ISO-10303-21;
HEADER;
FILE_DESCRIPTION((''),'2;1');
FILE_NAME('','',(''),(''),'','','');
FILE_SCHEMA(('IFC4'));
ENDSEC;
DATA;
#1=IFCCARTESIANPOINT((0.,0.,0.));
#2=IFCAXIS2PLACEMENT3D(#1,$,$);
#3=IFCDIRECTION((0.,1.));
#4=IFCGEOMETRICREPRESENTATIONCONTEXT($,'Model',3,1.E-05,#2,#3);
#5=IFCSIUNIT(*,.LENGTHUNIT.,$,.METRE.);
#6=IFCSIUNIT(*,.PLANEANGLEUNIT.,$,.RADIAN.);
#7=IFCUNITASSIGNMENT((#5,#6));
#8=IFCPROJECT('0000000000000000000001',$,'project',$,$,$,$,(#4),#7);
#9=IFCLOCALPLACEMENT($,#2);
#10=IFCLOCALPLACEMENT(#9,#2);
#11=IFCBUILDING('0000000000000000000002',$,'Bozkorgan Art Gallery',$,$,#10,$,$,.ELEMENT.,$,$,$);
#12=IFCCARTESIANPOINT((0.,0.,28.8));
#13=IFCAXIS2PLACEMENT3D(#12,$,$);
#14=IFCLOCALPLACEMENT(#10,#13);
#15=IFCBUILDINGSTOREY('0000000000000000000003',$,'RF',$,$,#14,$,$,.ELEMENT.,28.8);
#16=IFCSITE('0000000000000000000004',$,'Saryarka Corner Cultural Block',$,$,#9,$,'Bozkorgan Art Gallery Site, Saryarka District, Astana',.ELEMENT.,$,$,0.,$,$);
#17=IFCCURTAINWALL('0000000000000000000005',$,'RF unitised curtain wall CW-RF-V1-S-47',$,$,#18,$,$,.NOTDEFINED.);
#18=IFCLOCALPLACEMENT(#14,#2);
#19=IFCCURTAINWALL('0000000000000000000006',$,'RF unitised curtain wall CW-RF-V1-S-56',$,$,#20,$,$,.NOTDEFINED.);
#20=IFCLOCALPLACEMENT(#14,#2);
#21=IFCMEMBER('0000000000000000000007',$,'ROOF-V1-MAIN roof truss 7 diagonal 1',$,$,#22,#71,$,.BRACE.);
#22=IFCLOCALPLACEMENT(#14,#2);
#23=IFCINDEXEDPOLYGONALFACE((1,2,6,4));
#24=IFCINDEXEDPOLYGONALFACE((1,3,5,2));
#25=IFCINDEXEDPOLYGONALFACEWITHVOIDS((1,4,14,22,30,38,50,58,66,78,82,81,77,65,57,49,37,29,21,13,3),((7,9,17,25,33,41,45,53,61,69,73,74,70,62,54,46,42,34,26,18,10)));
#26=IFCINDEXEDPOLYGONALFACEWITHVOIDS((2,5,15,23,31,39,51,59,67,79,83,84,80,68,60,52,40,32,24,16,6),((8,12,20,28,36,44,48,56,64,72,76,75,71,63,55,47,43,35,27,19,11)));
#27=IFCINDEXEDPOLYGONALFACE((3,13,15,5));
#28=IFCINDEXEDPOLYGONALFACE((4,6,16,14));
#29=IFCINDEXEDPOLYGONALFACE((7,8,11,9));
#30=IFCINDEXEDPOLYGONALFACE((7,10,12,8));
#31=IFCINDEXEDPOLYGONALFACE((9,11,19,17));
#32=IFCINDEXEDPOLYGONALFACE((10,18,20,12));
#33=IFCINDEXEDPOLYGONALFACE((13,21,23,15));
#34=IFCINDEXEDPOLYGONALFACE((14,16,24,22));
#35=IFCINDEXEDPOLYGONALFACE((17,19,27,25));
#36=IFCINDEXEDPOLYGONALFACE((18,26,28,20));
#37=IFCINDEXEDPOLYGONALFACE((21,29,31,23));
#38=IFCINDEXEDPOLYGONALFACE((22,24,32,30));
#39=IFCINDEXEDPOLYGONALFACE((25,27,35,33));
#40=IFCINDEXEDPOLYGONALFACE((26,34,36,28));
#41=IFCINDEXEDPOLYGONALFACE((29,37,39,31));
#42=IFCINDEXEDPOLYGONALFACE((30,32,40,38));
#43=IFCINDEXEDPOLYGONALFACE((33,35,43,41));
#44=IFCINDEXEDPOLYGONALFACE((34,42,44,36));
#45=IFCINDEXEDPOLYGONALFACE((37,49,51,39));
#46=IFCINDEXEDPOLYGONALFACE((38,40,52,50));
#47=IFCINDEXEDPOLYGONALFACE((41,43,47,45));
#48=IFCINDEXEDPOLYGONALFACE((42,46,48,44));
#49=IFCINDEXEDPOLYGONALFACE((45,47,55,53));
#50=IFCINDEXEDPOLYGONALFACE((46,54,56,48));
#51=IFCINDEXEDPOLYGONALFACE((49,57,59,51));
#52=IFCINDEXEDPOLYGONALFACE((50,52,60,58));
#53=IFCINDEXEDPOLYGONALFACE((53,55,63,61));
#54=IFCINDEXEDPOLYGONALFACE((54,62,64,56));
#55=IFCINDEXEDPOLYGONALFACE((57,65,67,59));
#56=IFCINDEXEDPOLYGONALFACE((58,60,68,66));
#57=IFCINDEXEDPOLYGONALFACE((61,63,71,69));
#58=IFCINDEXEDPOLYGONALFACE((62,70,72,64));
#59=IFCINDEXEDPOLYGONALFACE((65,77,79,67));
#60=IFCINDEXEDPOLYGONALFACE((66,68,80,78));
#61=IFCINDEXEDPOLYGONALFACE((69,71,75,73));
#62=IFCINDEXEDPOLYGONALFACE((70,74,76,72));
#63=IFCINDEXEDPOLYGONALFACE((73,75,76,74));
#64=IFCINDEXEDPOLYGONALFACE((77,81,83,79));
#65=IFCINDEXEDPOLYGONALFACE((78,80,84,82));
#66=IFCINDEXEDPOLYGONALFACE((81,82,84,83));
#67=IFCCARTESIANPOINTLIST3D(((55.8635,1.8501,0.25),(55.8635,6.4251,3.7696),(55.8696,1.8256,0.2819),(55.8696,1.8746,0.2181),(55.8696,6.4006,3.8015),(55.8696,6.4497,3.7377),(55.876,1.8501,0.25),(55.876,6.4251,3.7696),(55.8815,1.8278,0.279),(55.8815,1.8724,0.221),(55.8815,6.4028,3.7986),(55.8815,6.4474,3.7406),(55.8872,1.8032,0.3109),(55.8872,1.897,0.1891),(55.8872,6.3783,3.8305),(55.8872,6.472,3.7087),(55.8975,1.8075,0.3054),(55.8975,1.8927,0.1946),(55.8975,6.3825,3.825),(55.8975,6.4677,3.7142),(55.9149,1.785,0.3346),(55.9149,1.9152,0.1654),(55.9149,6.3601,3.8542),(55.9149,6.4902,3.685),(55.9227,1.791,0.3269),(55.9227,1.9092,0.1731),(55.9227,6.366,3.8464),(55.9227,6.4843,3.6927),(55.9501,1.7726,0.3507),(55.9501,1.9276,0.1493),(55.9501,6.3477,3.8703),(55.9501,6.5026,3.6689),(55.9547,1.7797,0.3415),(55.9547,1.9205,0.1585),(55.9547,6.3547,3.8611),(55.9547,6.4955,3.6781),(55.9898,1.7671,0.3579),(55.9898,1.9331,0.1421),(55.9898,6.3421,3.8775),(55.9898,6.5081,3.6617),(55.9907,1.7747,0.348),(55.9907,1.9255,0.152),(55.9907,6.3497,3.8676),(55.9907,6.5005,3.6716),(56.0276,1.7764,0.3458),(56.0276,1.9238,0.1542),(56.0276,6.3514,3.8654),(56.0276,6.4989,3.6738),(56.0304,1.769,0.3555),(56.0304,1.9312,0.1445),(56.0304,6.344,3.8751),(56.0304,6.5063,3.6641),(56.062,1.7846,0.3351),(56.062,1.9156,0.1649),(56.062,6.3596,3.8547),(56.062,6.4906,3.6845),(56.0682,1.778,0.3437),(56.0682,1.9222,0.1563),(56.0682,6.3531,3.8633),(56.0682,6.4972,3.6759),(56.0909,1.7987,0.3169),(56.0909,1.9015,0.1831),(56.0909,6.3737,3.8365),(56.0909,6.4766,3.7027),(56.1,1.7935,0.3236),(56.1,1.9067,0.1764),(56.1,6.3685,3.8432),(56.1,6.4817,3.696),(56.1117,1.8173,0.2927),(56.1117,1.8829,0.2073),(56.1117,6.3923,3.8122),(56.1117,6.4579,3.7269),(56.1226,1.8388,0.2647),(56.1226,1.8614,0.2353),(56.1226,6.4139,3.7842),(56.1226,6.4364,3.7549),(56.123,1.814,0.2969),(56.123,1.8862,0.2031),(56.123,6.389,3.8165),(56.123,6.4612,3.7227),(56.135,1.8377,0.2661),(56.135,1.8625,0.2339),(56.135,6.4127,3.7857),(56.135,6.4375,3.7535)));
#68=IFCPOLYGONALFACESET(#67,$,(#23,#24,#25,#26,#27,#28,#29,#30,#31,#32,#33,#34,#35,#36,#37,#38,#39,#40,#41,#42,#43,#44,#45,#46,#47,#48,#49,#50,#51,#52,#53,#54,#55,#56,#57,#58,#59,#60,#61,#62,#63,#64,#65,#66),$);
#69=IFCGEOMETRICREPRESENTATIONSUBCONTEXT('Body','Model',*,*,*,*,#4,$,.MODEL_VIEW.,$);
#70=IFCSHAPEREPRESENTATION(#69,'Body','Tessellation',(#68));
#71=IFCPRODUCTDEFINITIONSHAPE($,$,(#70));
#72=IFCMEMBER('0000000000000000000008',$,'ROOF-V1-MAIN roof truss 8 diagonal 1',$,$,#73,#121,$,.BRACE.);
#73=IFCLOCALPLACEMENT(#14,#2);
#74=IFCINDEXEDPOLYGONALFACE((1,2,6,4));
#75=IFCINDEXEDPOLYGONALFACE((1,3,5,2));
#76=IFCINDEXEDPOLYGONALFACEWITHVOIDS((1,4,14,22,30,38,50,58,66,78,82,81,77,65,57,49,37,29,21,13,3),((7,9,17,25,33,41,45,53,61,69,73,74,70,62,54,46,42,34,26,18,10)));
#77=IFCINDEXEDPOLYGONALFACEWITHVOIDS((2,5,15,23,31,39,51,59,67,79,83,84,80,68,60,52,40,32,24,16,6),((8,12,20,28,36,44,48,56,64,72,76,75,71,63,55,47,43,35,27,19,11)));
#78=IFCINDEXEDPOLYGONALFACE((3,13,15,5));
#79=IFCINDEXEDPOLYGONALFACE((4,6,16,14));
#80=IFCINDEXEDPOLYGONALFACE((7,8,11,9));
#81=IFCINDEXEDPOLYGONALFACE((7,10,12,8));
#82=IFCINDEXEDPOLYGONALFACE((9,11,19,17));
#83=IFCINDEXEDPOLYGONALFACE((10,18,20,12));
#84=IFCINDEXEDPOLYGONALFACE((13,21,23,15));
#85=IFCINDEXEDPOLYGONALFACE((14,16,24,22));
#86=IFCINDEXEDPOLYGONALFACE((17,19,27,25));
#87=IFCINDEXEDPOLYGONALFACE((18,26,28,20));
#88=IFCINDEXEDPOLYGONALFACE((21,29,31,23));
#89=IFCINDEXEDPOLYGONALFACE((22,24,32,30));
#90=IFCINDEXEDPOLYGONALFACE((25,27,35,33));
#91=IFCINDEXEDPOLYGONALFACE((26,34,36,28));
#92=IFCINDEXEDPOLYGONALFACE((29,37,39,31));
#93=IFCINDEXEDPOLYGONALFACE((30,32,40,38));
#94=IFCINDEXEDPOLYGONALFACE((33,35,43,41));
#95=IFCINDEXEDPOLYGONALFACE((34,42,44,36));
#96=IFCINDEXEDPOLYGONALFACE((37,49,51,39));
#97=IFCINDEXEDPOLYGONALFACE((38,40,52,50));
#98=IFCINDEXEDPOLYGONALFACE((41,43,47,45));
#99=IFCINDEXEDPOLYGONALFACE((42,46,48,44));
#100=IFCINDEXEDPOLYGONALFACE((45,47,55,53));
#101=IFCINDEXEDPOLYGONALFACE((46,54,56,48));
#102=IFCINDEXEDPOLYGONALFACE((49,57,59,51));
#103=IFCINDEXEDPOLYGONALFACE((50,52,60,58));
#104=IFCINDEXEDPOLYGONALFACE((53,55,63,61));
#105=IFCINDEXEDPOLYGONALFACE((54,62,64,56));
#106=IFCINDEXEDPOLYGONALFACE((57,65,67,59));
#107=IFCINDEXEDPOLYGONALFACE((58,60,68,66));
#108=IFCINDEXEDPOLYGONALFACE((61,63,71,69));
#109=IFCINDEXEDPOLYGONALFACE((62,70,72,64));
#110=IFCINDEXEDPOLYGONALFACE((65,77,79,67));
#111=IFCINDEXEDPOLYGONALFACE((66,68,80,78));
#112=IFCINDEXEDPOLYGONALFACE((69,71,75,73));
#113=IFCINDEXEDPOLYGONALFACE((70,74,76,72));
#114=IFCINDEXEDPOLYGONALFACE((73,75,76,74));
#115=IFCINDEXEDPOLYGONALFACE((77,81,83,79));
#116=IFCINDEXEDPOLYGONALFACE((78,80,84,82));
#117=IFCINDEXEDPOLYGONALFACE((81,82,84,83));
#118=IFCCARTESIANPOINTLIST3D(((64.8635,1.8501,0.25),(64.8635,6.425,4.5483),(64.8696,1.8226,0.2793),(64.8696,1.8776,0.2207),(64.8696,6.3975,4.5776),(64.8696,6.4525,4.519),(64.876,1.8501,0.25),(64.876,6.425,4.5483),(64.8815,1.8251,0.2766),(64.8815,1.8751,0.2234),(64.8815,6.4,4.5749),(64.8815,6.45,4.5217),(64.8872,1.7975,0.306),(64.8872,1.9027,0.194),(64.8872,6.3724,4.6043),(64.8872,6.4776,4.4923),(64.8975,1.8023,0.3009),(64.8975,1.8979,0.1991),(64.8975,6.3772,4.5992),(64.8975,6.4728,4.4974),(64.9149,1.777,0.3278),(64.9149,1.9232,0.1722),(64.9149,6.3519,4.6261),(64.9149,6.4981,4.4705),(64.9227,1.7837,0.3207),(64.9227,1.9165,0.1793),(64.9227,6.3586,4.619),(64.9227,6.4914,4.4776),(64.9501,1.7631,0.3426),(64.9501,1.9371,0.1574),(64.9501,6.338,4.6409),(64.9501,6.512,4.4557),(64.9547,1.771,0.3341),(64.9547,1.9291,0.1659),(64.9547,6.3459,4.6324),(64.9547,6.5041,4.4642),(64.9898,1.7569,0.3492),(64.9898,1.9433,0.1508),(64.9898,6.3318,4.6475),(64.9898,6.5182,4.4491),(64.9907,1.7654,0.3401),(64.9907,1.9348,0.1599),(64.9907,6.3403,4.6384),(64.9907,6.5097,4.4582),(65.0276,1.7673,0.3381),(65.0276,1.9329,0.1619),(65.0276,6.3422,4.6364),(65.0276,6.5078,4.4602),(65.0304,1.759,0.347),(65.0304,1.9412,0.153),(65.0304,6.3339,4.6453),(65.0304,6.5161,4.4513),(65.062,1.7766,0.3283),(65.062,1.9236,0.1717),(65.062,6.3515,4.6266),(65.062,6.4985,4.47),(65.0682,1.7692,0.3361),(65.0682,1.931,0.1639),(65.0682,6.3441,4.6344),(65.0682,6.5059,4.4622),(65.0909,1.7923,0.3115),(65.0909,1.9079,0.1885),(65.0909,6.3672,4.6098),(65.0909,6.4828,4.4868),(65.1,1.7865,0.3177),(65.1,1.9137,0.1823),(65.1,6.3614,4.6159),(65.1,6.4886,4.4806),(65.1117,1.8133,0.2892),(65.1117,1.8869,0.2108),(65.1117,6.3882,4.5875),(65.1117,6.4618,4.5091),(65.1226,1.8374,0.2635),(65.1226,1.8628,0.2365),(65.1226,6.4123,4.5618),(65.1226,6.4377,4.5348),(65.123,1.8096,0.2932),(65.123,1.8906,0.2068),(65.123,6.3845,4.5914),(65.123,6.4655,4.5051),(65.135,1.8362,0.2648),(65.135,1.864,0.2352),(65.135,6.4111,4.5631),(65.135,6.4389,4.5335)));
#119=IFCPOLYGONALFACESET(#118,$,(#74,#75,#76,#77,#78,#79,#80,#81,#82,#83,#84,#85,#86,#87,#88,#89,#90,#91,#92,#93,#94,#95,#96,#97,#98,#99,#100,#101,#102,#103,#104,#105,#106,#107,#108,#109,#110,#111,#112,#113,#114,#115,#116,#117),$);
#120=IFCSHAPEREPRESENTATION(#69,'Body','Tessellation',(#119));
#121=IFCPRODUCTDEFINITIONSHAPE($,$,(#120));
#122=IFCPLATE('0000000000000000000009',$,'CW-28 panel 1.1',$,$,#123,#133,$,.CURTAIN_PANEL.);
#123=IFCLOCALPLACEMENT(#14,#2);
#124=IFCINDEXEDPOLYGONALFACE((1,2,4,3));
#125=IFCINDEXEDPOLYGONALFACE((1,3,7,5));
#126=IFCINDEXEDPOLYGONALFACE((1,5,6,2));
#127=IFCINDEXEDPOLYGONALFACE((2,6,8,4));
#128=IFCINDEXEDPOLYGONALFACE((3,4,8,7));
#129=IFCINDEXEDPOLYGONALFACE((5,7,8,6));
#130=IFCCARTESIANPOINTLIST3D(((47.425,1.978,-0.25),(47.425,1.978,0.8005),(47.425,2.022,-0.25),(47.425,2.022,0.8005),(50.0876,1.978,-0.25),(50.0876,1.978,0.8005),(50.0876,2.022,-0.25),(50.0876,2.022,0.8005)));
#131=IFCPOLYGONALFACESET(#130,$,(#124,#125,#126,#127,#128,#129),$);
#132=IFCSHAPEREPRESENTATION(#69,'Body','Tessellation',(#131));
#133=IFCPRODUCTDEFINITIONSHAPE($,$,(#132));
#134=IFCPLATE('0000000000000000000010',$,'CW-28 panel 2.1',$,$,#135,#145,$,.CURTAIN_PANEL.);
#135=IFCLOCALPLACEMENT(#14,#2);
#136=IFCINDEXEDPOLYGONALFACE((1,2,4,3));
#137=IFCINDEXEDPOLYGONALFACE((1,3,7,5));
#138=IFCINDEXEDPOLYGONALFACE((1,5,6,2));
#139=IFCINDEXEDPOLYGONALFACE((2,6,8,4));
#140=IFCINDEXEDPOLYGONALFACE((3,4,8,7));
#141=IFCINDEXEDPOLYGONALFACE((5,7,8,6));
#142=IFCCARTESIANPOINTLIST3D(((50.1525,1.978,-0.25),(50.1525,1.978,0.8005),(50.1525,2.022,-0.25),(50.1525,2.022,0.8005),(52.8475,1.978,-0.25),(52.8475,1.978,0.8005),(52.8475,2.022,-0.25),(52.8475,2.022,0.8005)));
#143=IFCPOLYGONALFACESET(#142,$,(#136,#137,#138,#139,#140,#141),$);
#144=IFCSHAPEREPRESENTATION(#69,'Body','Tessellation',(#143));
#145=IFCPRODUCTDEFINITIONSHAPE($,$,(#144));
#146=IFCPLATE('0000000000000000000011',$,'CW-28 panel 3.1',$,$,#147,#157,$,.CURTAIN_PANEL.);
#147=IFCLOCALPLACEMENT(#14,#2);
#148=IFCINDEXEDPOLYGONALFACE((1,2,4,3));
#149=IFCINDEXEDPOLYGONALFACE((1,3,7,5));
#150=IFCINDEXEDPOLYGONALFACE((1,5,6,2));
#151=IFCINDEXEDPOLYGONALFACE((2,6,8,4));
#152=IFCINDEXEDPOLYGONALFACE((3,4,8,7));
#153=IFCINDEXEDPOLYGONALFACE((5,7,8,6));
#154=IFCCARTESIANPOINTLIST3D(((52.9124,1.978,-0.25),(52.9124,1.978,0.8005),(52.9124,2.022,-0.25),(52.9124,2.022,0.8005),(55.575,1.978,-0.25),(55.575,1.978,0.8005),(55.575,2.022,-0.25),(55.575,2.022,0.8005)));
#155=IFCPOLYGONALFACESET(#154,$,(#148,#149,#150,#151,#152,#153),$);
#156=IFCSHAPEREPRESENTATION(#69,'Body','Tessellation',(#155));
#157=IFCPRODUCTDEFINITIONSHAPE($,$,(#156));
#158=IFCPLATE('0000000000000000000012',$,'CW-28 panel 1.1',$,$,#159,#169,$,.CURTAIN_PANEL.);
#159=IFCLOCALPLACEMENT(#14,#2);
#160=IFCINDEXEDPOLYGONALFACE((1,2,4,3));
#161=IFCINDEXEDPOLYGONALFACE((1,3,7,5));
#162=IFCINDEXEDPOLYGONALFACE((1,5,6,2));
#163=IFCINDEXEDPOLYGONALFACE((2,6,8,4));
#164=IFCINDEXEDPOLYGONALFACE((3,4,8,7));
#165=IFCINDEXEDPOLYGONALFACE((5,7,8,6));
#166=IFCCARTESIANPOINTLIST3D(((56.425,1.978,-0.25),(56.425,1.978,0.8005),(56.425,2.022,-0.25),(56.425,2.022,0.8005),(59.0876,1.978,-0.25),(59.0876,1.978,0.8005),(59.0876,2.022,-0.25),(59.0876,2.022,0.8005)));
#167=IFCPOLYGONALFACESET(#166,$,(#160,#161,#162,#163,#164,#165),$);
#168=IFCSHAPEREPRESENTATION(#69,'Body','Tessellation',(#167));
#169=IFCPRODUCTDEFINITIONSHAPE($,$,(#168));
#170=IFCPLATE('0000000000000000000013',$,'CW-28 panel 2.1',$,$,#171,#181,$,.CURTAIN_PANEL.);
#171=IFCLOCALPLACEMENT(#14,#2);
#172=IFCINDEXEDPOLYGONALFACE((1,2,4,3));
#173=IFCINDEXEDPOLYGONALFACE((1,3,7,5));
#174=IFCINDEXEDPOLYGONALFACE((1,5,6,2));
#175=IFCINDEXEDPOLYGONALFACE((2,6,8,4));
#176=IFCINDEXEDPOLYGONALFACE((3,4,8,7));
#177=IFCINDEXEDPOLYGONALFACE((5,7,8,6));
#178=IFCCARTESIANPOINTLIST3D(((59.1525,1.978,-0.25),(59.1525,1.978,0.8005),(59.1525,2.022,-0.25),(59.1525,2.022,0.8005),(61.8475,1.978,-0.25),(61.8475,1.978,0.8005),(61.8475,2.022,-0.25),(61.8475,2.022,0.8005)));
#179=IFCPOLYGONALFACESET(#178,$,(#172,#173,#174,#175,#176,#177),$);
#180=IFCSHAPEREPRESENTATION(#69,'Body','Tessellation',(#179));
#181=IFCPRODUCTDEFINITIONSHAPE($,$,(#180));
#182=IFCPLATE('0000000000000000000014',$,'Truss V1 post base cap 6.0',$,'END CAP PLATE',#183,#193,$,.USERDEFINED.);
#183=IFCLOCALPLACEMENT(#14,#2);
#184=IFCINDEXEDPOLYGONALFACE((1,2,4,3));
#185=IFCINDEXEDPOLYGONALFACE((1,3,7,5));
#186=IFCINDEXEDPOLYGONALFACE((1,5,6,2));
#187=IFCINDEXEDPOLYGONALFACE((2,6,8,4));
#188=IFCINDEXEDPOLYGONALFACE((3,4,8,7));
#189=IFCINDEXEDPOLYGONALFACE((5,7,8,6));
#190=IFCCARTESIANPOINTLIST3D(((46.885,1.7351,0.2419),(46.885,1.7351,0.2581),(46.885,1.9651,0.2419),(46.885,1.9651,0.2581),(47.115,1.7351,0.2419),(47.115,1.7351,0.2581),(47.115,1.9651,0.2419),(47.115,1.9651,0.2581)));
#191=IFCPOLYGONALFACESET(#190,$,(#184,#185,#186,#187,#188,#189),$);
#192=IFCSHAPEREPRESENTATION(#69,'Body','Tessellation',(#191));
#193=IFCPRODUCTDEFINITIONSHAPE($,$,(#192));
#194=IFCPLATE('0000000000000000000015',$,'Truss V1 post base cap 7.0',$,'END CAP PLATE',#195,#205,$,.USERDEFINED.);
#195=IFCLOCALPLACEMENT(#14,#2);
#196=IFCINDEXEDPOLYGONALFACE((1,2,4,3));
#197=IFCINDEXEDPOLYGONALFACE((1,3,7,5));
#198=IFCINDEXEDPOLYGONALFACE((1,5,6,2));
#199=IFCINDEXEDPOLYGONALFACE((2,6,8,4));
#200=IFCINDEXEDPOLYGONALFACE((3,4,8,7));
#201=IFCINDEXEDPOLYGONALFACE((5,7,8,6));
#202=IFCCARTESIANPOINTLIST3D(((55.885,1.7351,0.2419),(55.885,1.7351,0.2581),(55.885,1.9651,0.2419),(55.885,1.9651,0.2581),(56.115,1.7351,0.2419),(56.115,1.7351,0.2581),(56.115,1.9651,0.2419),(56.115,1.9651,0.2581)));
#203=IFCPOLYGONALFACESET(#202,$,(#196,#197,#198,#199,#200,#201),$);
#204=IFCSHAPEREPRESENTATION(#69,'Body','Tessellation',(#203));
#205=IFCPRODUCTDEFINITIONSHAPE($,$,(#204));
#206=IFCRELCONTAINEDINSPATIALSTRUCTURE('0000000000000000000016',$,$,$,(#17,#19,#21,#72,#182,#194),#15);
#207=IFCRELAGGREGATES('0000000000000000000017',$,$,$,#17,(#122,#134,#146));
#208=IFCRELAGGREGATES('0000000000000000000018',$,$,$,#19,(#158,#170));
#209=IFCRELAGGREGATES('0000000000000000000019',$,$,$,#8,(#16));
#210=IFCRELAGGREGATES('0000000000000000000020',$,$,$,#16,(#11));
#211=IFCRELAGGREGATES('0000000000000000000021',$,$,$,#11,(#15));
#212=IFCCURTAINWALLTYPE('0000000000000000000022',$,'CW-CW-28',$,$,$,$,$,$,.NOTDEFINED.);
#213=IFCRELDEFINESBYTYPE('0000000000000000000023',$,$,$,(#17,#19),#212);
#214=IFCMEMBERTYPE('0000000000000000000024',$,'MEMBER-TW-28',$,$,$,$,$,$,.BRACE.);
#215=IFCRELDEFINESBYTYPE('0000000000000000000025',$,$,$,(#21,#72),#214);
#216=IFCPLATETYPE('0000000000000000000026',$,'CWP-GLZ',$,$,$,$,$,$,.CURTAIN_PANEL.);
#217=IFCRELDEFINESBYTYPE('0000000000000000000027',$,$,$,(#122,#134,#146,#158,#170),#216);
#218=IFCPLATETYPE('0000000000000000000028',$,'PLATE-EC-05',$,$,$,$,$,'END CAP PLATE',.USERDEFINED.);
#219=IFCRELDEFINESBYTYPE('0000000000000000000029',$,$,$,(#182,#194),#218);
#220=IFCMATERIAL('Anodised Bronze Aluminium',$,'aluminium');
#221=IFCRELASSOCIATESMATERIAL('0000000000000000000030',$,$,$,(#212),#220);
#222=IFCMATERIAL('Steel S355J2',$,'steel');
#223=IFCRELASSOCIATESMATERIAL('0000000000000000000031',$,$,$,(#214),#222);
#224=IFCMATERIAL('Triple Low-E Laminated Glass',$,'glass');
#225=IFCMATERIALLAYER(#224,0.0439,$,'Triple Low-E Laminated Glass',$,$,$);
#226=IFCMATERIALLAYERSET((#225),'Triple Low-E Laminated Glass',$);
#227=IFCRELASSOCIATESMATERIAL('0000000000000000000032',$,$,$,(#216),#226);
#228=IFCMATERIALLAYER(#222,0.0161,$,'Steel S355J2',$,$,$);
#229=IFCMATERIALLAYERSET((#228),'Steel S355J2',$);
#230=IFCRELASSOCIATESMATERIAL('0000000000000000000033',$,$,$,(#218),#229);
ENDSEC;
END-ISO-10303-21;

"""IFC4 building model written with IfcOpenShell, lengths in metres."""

from ifc_helpers import new_model, si_unit, direction, frame, origin, origin_2d, place, context, subcontext, project, spatial, rectangle, hollow_circle, extrude, material, layer, layer_set, material_profile, profile_set, type_object, element, aggregate, save


model = new_model("IFC4")

# Units and contexts
model_context = context("Model", 3, precision=1e-05, world=origin(), true_north=direction((0.0, 1.0)))
body_context = subcontext(model_context, "Body", "Model", "MODEL_VIEW")
ifc_project = project(units=[si_unit("LENGTHUNIT", "METRE"), si_unit("PLANEANGLEUNIT", "RADIAN")], contexts=[model_context])

# Site, building, storey
site_placement = place(None, origin())
site = spatial("IfcSite", under=ifc_project, at=site_placement, Name="Saryarka Corner Cultural Block", LongName="Bozkorgan Art Gallery Site, Saryarka District, Astana", CompositionType="ELEMENT", RefElevation=0.0)
building_placement = place(site_placement, origin())
building = spatial("IfcBuilding", under=site, at=building_placement, Name="Bozkorgan Art Gallery", CompositionType="ELEMENT")
storey_placement = place(building_placement, frame((0.0, 0.0, 28.8)))
storey = spatial("IfcBuildingStorey", under=building, at=storey_placement, Name="RF", CompositionType="ELEMENT", Elevation=28.8)

# Shared definitions
ifc_material_1 = material(Name="Steel S355J2", Category="steel")

# Curtain walls
ifc_material_2 = material(Name="Anodised Bronze Aluminium", Category="aluminium")
curtain_wall_type = type_object("IfcCurtainWallType", Name="CW-CW-28", PredefinedType="NOTDEFINED", material=ifc_material_2)
curtain_wall_1_placement = place(storey_placement, origin())
curtain_wall_1 = element("IfcCurtainWall", 1, at=curtain_wall_1_placement, inside=storey, type_object=curtain_wall_type, Name="RF unitised curtain wall CW-RF-V1-S-47", PredefinedType="NOTDEFINED")
curtain_wall_2_placement = place(storey_placement, origin())
curtain_wall_2 = element("IfcCurtainWall", 2, at=curtain_wall_2_placement, inside=storey, type_object=curtain_wall_type, Name="RF unitised curtain wall CW-RF-V1-S-56", PredefinedType="NOTDEFINED")

# Members
ifc_material_profile_1 = material_profile(ifc_material_1, hollow_circle(Radius=0.1365, WallThickness=0.0125, at=origin_2d()), Name="CHS 273x12.5")
ifc_profile_set_1 = profile_set([ifc_material_profile_1], Name="Steel S355J2")
member_type_1 = type_object("IfcMemberType", Name="MEMBER-TW-28", PredefinedType="BRACE", material=ifc_profile_set_1)
for number, where, z_axis, x_axis, name in (
    (3, (56.0, 1.8501, 0.25), (0.0, 0.792596, 0.609748), (-1.0, 0.0, 0.0), "ROOF-V1-MAIN roof truss 7 diagonal 1"),
):
    element("IfcMember", number, at=place(storey_placement, frame(where, z_axis=z_axis, x_axis=x_axis)), inside=storey, type_object=member_type_1, Name=name, PredefinedType="BRACE", context=body_context, shape_type="SweptSolid", body=[
        extrude(hollow_circle(Radius=0.1365, WallThickness=0.0125, at=origin_2d()), origin(), (0.0, 0.0, 1.0), 5.7722),
    ])
member_1_placement = place(storey_placement, frame((65.0, 1.8501, 0.25), z_axis=(0.0, 0.728796, 0.684731), x_axis=(-1.0, 0.0, 0.0)))
element("IfcMember", 4, at=member_1_placement, inside=storey, type_object=member_type_1, Name="ROOF-V1-MAIN roof truss 8 diagonal 1", PredefinedType="BRACE", context=body_context, shape_type="SweptSolid", body=[
    extrude(hollow_circle(Radius=0.1365, WallThickness=0.0125, at=origin_2d()), origin(), (0.0, 0.0, 1.0), 6.2773),
])

# Plates
ifc_material_3 = material(Name="Triple Low-E Laminated Glass", Category="glass")
ifc_layer_1 = layer(ifc_material_3, 0.0439, Name="Triple Low-E Laminated Glass")
ifc_layer_set_1 = layer_set([ifc_layer_1], Name="Triple Low-E Laminated Glass")
plate_type_1 = type_object("IfcPlateType", Name="CWP-GLZ", PredefinedType="CURTAIN_PANEL", material=ifc_layer_set_1)
plate_1_placement = place(storey_placement, frame((48.7563, 2.0, -0.25), z_axis=(0.0, 0.0, 1.0), x_axis=(1.0, 0.0, 0.0)))
plate_1 = element("IfcPlate", 5, at=plate_1_placement, type_object=plate_type_1, Name="CW-28 panel 1.1", PredefinedType="CURTAIN_PANEL", context=body_context, shape_type="SweptSolid", body=[
    extrude(rectangle(XDim=2.6626, YDim=0.0439, at=origin_2d()), origin(), (0.0, 0.0, 1.0), 1.0505),
])
plate_2_placement = place(storey_placement, frame((51.5, 2.0, -0.25), z_axis=(0.0, 0.0, 1.0), x_axis=(1.0, 0.0, 0.0)))
plate_2 = element("IfcPlate", 6, at=plate_2_placement, type_object=plate_type_1, Name="CW-28 panel 2.1", PredefinedType="CURTAIN_PANEL", context=body_context, shape_type="SweptSolid", body=[
    extrude(rectangle(XDim=2.6951, YDim=0.0439, at=origin_2d()), origin(), (0.0, 0.0, 1.0), 1.0505),
])
plate_3_placement = place(storey_placement, frame((54.2437, 2.0, -0.25), z_axis=(0.0, 0.0, 1.0), x_axis=(1.0, 0.0, 0.0)))
plate_3 = element("IfcPlate", 7, at=plate_3_placement, type_object=plate_type_1, Name="CW-28 panel 3.1", PredefinedType="CURTAIN_PANEL", context=body_context, shape_type="SweptSolid", body=[
    extrude(rectangle(XDim=2.6626, YDim=0.0439, at=origin_2d()), origin(), (0.0, 0.0, 1.0), 1.0505),
])
aggregate(curtain_wall_1, [plate_1, plate_2, plate_3])
plate_4_placement = place(storey_placement, frame((57.7563, 2.0, -0.25), z_axis=(0.0, 0.0, 1.0), x_axis=(1.0, 0.0, 0.0)))
plate_4 = element("IfcPlate", 8, at=plate_4_placement, type_object=plate_type_1, Name="CW-28 panel 1.1", PredefinedType="CURTAIN_PANEL", context=body_context, shape_type="SweptSolid", body=[
    extrude(rectangle(XDim=2.6626, YDim=0.0439, at=origin_2d()), origin(), (0.0, 0.0, 1.0), 1.0505),
])
plate_5_placement = place(storey_placement, frame((60.5, 2.0, -0.25), z_axis=(0.0, 0.0, 1.0), x_axis=(1.0, 0.0, 0.0)))
plate_5 = element("IfcPlate", 9, at=plate_5_placement, type_object=plate_type_1, Name="CW-28 panel 2.1", PredefinedType="CURTAIN_PANEL", context=body_context, shape_type="SweptSolid", body=[
    extrude(rectangle(XDim=2.6951, YDim=0.0439, at=origin_2d()), origin(), (0.0, 0.0, 1.0), 1.0505),
])
aggregate(curtain_wall_2, [plate_4, plate_5])

# Plates
ifc_layer_2 = layer(ifc_material_1, 0.0161, Name="Steel S355J2")
ifc_layer_set_2 = layer_set([ifc_layer_2], Name="Steel S355J2")
plate_type_2 = type_object("IfcPlateType", Name="PLATE-EC-05", ElementType="END CAP PLATE", PredefinedType="USERDEFINED", material=ifc_layer_set_2)
for number, where, z_axis, x_axis, name in (
    (10, (47.0, 1.8501, 0.2419), (0.0, 0.0, 1.0), (1.0, 0.0, 0.0), "Truss V1 post base cap 6.0"),
    (11, (56.0, 1.8501, 0.2419), (0.0, 0.0, 1.0), (1.0, 0.0, 0.0), "Truss V1 post base cap 7.0"),
):
    element("IfcPlate", number, at=place(storey_placement, frame(where, z_axis=z_axis, x_axis=x_axis)), inside=storey, type_object=plate_type_2, Name=name, ObjectType="END CAP PLATE", PredefinedType="USERDEFINED", context=body_context, shape_type="SweptSolid", body=[
        extrude(rectangle(XDim=0.23, YDim=0.23, at=origin_2d()), origin(), (0.0, 0.0, 1.0), 0.0161),
    ])

save(model, "model.ifc")
